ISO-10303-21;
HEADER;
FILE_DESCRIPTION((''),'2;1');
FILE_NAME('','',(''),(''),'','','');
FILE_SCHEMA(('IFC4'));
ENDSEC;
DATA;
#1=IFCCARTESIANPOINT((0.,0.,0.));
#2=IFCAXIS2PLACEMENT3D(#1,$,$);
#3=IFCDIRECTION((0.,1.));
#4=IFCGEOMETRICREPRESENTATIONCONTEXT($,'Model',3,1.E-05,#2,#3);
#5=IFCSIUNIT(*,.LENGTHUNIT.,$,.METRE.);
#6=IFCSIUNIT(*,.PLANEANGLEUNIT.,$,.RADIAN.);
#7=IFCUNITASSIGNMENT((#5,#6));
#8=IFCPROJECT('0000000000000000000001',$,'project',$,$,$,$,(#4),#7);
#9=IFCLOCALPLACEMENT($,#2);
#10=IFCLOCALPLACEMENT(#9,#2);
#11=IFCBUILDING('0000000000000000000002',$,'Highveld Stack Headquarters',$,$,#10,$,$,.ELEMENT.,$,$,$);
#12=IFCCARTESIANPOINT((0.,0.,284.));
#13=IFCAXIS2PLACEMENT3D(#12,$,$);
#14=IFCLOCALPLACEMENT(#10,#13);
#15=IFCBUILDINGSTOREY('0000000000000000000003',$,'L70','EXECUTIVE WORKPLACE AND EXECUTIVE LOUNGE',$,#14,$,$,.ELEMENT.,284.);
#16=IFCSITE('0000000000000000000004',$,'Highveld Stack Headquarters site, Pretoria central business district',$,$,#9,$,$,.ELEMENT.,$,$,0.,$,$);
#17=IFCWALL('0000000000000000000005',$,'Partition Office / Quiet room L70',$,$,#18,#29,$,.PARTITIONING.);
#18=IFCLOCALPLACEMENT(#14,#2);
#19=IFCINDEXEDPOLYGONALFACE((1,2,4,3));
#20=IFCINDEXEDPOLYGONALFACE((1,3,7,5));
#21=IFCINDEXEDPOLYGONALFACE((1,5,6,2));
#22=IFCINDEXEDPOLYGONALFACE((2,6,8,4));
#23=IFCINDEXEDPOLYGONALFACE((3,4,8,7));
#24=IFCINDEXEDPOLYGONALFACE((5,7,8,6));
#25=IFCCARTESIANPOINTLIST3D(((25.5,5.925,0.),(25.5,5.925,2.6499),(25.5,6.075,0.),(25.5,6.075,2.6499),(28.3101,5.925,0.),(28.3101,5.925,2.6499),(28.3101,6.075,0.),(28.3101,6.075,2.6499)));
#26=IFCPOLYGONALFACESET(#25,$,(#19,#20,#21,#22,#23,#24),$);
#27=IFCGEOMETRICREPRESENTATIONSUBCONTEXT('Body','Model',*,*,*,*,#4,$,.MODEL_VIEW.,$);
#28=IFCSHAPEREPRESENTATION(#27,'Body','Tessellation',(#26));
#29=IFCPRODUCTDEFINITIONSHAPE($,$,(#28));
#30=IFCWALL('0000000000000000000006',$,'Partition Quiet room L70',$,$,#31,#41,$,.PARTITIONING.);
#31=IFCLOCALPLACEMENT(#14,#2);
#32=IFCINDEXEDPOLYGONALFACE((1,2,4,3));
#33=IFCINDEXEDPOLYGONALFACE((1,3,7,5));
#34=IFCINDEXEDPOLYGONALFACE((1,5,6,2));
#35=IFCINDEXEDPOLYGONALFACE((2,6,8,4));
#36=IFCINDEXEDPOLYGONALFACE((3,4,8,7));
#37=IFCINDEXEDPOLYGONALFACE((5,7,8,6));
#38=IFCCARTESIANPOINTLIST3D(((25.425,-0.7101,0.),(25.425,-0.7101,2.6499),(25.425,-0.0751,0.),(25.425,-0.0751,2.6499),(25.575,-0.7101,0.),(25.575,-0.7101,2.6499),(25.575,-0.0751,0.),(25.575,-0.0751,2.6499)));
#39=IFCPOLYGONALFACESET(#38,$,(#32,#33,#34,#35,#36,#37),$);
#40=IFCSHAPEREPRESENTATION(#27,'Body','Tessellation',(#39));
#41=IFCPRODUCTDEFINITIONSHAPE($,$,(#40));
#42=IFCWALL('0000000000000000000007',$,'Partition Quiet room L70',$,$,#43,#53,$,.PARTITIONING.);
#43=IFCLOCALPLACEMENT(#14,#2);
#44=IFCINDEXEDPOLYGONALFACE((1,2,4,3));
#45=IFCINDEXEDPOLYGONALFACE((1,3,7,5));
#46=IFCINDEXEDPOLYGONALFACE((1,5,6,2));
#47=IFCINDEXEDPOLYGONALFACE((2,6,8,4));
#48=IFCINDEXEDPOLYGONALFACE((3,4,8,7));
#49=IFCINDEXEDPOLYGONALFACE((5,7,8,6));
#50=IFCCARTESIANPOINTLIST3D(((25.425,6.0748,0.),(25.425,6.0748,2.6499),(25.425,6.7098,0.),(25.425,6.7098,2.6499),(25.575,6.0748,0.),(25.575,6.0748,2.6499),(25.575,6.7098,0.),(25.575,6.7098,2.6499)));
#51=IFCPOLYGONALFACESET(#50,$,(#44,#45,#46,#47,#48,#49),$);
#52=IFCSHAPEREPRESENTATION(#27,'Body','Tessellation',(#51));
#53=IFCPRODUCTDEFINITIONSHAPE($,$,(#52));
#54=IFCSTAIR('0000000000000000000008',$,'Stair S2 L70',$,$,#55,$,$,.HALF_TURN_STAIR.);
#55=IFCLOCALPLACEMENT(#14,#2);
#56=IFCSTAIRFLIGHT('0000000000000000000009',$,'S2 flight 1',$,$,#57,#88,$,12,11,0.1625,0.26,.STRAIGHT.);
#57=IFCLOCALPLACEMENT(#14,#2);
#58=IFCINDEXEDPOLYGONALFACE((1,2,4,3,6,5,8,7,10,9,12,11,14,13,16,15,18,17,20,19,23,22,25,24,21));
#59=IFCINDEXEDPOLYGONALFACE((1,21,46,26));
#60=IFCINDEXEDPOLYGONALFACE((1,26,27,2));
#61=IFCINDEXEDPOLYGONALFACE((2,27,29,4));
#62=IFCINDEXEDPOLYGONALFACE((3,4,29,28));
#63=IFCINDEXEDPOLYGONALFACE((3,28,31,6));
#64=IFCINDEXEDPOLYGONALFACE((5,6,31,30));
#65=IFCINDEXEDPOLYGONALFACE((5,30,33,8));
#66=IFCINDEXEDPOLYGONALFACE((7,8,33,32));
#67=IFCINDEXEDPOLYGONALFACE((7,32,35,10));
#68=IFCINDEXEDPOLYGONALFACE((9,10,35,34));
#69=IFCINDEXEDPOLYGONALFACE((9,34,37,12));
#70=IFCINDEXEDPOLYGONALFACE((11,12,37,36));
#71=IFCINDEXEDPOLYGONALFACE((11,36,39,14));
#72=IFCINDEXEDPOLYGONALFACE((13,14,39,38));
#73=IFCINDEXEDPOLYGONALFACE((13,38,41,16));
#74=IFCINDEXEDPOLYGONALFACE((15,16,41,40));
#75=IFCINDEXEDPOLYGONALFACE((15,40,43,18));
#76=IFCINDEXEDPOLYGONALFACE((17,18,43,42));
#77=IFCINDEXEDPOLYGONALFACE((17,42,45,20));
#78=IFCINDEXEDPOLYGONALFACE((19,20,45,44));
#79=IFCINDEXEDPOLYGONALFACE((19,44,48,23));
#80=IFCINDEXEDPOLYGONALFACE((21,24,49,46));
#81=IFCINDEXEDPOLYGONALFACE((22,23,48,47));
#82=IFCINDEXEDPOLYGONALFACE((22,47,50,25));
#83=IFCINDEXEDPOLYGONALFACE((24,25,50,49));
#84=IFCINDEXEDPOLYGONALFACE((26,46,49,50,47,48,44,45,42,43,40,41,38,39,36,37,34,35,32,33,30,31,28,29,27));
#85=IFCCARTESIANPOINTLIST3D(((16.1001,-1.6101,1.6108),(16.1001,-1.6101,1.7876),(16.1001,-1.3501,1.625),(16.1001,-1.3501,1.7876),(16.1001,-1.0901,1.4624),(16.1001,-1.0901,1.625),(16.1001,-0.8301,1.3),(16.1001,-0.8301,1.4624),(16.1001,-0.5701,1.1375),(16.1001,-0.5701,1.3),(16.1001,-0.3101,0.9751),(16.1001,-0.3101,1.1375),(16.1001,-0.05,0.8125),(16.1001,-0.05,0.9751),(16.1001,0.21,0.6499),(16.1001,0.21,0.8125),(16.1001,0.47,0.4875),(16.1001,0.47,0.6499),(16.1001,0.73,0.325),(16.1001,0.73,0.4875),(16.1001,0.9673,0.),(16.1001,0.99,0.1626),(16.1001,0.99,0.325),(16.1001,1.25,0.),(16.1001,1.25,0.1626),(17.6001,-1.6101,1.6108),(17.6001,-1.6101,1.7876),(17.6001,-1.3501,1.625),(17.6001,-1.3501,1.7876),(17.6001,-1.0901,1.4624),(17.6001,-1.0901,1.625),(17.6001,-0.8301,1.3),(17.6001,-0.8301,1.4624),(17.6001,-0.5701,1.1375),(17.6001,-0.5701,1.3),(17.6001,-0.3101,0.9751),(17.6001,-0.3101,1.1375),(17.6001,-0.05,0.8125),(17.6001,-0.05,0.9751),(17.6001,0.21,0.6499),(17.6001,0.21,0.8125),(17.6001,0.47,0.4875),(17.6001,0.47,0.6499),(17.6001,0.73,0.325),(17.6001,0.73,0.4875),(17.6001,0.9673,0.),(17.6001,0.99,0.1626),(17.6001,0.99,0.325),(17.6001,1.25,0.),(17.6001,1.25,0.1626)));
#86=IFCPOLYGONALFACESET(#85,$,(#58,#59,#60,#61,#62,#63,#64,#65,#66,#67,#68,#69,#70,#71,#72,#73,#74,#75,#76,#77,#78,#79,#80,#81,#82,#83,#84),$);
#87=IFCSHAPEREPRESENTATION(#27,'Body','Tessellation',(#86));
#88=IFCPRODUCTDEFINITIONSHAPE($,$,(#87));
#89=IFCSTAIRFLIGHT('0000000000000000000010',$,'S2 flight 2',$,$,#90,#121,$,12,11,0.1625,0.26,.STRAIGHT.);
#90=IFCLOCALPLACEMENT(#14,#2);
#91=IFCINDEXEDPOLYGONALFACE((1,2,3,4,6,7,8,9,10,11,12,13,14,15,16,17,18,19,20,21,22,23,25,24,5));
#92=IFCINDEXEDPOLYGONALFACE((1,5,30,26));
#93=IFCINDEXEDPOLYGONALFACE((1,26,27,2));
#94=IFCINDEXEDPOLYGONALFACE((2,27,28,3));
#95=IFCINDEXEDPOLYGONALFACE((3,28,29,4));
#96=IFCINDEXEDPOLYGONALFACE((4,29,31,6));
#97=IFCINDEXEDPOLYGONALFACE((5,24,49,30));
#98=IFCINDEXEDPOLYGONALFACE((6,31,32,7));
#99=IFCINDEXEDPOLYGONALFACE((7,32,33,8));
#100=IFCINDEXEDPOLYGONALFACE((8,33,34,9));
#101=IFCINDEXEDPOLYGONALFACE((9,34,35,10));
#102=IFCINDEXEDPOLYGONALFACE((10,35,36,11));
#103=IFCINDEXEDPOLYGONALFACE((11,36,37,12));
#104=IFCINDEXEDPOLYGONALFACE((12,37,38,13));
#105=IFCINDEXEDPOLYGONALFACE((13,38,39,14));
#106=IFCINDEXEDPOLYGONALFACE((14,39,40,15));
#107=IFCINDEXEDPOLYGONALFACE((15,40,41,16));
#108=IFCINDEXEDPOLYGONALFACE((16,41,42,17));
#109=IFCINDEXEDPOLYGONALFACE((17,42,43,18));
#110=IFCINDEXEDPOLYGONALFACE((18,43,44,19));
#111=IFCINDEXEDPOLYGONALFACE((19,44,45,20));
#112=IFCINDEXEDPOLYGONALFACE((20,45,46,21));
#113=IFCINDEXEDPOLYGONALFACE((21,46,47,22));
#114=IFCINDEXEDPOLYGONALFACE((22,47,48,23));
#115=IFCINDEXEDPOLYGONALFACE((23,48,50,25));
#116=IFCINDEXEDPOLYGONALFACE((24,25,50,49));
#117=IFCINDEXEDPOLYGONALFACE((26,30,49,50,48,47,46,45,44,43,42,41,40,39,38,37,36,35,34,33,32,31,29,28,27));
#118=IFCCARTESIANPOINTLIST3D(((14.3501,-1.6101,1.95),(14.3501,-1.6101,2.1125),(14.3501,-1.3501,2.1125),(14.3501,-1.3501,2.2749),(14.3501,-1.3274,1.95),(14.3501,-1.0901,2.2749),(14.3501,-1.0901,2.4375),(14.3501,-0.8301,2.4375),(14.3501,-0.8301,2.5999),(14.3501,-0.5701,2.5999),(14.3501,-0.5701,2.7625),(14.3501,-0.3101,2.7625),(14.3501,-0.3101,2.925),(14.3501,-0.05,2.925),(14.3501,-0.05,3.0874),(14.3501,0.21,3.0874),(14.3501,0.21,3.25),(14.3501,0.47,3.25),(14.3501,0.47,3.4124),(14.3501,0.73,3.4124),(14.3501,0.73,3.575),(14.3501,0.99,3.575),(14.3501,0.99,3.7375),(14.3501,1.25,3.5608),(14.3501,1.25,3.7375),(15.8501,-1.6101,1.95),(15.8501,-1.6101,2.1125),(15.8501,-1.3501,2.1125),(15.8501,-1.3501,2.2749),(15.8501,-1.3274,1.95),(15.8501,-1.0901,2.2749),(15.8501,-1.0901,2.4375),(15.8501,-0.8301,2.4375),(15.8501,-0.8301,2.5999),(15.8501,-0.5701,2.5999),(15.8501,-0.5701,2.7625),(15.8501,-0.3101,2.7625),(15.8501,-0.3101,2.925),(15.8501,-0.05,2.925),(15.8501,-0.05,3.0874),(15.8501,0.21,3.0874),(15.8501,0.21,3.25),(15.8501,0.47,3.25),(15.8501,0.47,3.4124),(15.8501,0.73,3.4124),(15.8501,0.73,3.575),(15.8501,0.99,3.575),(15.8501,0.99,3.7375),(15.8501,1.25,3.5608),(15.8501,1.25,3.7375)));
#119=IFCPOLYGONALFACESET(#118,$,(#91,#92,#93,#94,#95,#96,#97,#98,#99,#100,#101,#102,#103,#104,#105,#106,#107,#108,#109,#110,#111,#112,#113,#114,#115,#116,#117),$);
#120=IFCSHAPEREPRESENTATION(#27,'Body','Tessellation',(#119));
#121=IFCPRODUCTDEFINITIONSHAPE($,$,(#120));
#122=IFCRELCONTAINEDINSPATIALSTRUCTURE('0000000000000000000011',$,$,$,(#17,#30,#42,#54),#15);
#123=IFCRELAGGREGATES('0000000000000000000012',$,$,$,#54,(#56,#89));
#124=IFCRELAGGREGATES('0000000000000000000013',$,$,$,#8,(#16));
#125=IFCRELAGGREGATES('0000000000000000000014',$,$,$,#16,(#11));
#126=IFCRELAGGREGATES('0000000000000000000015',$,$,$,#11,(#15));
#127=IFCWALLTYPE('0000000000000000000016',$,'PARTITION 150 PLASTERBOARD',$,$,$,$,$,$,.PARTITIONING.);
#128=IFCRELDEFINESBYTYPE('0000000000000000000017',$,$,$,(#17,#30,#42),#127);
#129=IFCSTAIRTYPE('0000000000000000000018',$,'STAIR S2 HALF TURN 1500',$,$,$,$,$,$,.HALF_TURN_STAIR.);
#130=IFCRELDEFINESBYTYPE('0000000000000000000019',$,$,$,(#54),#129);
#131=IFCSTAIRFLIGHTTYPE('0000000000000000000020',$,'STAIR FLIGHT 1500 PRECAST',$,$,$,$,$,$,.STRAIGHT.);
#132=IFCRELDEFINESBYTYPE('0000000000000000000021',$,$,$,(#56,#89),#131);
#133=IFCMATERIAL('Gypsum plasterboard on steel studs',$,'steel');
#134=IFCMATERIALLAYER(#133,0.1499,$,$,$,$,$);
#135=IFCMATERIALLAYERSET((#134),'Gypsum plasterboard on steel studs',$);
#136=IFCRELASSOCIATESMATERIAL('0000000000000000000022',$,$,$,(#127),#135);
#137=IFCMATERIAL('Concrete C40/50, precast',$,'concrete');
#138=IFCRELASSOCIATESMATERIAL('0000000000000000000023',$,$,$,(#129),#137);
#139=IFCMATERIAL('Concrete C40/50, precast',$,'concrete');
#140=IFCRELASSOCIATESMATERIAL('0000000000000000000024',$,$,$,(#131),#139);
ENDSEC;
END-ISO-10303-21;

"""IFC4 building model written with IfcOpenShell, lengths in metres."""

from ifc_helpers import new_model, si_unit, direction, frame, frame_2d, origin, place, context, subcontext, project, spatial, polyline, rectangle, outline, extrude, material, layer, layer_set, type_object, element, aggregate, save


model = new_model("IFC4")

# Units and contexts
model_context = context("Model", 3, precision=1e-05, world=origin(), true_north=direction((0.0, 1.0)))
body_context = subcontext(model_context, "Body", "Model", "MODEL_VIEW")
ifc_project = project(units=[si_unit("LENGTHUNIT", "METRE"), si_unit("PLANEANGLEUNIT", "RADIAN")], contexts=[model_context])

# Site, building, storey
site_placement = place(None, origin())
site = spatial("IfcSite", under=ifc_project, at=site_placement, Name="Highveld Stack Headquarters site, Pretoria central business district", CompositionType="ELEMENT", RefElevation=0.0)
building_placement = place(site_placement, origin())
building = spatial("IfcBuilding", under=site, at=building_placement, Name="Highveld Stack Headquarters", CompositionType="ELEMENT")
storey_placement = place(building_placement, frame((0.0, 0.0, 284.0)))
storey = spatial("IfcBuildingStorey", under=building, at=storey_placement, Name="L70", Description="EXECUTIVE WORKPLACE AND EXECUTIVE LOUNGE", CompositionType="ELEMENT", Elevation=284.0)

# Wall
ifc_material_1 = material(Name="Gypsum plasterboard on steel studs", Category="steel")
ifc_layer_1 = layer(ifc_material_1, 0.1499)
ifc_layer_set_1 = layer_set([ifc_layer_1], Name="Gypsum plasterboard on steel studs")
wall_type_1 = type_object("IfcWallType", Name="PARTITION 150 PLASTERBOARD", PredefinedType="PARTITIONING", material=ifc_layer_set_1)
wall_1_placement = place(storey_placement, frame((25.5, 6.0, 0.0), z_axis=(0.0, 0.0, 1.0), x_axis=(1.0, 0.0, 0.0)))
element("IfcWall", 1, at=wall_1_placement, inside=storey, type_object=wall_type_1, Name="Partition Office / Quiet room L70", PredefinedType="PARTITIONING", context=body_context, shape_type="SweptSolid", body=[
    extrude(rectangle(XDim=2.8101, YDim=0.1499, at=frame_2d((1.405, 0.0))), origin(), (0.0, 0.0, 1.0), 2.6499),
])

# Walls
for number, where, z_axis, x_axis, name in (
    (2, (25.5, -0.71, 0.0), (0.0, 0.0, 1.0), (0.0, 1.0, 0.0), "Partition Quiet room L70"),
    (3, (25.5, 6.075, 0.0), (0.0, 0.0, 1.0), (0.0, 1.0, 0.0), "Partition Quiet room L70"),
):
    element("IfcWall", number, at=place(storey_placement, frame(where, z_axis=z_axis, x_axis=x_axis)), inside=storey, type_object=wall_type_1, Name=name, PredefinedType="PARTITIONING", context=body_context, shape_type="SweptSolid", body=[
        extrude(rectangle(XDim=0.635, YDim=0.1499, at=frame_2d((0.3174, 0.0))), origin(), (0.0, 0.0, 1.0), 2.6499),
    ])

# Stair, stair flights
ifc_material_2 = material(Name="Concrete C40/50, precast", Category="concrete")
stair_type = type_object("IfcStairType", Name="STAIR S2 HALF TURN 1500", PredefinedType="HALF_TURN_STAIR", material=ifc_material_2)
stair_placement = place(storey_placement, origin())
stair = element("IfcStair", 4, at=stair_placement, inside=storey, type_object=stair_type, Name="Stair S2 L70", PredefinedType="HALF_TURN_STAIR")
ifc_material_3 = material(Name="Concrete C40/50, precast", Category="concrete")
stair_flight_type = type_object("IfcStairFlightType", Name="STAIR FLIGHT 1500 PRECAST", PredefinedType="STRAIGHT", material=ifc_material_3)
stair_flight_1_placement = place(storey_placement, frame((16.8501, 1.25, 0.0), z_axis=(0.0, 0.0, 1.0), x_axis=(0.0, -1.0, 0.0)))
stair_flight_1 = element("IfcStairFlight", 5, at=stair_flight_1_placement, type_object=stair_flight_type, Name="S2 flight 1", NumberOfRisers=12, NumberOfTreads=11, PredefinedType="STRAIGHT", RiserHeight=0.1625, TreadLength=0.26, context=body_context, shape_type="SweptSolid", body=[
    extrude(outline(polyline([(0.0, 0.0), (0.0, 0.1626), (0.26, 0.1626), (0.26, 0.325), (0.52, 0.325), (0.52, 0.4875), (0.78, 0.4875), (0.78, 0.6499), (1.04, 0.6499), (1.04, 0.8125), (1.3, 0.8125), (1.3, 0.9751), (1.5601, 0.9751), (1.5601, 1.1375), (1.8201, 1.1375), (1.8201, 1.3), (2.0801, 1.3), (2.0801, 1.4624), (2.3401, 1.4624), (2.3401, 1.625), (2.6001, 1.625), (2.6001, 1.7876), (2.8601, 1.7876), (2.8601, 1.95), (2.8601, 1.6108), (0.2827, 0.0), (0.0, 0.0)])), frame((0.0, 0.75, 0.0), z_axis=(0.0, -1.0, 0.0), x_axis=(1.0, 0.0, 0.0)), (0.0, 0.0, 1.0), 1.5),
])
stair_flight_2_placement = place(storey_placement, frame((15.1001, -1.6101, 1.95), z_axis=(0.0, 0.0, 1.0), x_axis=(0.0, 1.0, 0.0)))
stair_flight_2 = element("IfcStairFlight", 6, at=stair_flight_2_placement, type_object=stair_flight_type, Name="S2 flight 2", NumberOfRisers=12, NumberOfTreads=11, PredefinedType="STRAIGHT", RiserHeight=0.1625, TreadLength=0.26, context=body_context, shape_type="SweptSolid", body=[
    extrude(outline(polyline([(0.0, 0.0), (0.0, 0.1626), (0.26, 0.1626), (0.26, 0.325), (0.52, 0.325), (0.52, 0.4875), (0.78, 0.4875), (0.78, 0.6499), (1.04, 0.6499), (1.04, 0.8125), (1.3, 0.8125), (1.3, 0.9751), (1.5601, 0.9751), (1.5601, 1.1375), (1.8201, 1.1375), (1.8201, 1.3), (2.0801, 1.3), (2.0801, 1.4624), (2.3401, 1.4624), (2.3401, 1.625), (2.6001, 1.625), (2.6001, 1.7876), (2.8601, 1.7876), (2.8601, 1.95), (2.8601, 1.6108), (0.2827, 0.0), (0.0, 0.0)])), frame((0.0, 0.75, 0.0), z_axis=(0.0, -1.0, 0.0), x_axis=(1.0, 0.0, 0.0)), (0.0, 0.0, 1.0), 1.5),
])
aggregate(stair, [stair_flight_1, stair_flight_2])

save(model, "model.ifc")
